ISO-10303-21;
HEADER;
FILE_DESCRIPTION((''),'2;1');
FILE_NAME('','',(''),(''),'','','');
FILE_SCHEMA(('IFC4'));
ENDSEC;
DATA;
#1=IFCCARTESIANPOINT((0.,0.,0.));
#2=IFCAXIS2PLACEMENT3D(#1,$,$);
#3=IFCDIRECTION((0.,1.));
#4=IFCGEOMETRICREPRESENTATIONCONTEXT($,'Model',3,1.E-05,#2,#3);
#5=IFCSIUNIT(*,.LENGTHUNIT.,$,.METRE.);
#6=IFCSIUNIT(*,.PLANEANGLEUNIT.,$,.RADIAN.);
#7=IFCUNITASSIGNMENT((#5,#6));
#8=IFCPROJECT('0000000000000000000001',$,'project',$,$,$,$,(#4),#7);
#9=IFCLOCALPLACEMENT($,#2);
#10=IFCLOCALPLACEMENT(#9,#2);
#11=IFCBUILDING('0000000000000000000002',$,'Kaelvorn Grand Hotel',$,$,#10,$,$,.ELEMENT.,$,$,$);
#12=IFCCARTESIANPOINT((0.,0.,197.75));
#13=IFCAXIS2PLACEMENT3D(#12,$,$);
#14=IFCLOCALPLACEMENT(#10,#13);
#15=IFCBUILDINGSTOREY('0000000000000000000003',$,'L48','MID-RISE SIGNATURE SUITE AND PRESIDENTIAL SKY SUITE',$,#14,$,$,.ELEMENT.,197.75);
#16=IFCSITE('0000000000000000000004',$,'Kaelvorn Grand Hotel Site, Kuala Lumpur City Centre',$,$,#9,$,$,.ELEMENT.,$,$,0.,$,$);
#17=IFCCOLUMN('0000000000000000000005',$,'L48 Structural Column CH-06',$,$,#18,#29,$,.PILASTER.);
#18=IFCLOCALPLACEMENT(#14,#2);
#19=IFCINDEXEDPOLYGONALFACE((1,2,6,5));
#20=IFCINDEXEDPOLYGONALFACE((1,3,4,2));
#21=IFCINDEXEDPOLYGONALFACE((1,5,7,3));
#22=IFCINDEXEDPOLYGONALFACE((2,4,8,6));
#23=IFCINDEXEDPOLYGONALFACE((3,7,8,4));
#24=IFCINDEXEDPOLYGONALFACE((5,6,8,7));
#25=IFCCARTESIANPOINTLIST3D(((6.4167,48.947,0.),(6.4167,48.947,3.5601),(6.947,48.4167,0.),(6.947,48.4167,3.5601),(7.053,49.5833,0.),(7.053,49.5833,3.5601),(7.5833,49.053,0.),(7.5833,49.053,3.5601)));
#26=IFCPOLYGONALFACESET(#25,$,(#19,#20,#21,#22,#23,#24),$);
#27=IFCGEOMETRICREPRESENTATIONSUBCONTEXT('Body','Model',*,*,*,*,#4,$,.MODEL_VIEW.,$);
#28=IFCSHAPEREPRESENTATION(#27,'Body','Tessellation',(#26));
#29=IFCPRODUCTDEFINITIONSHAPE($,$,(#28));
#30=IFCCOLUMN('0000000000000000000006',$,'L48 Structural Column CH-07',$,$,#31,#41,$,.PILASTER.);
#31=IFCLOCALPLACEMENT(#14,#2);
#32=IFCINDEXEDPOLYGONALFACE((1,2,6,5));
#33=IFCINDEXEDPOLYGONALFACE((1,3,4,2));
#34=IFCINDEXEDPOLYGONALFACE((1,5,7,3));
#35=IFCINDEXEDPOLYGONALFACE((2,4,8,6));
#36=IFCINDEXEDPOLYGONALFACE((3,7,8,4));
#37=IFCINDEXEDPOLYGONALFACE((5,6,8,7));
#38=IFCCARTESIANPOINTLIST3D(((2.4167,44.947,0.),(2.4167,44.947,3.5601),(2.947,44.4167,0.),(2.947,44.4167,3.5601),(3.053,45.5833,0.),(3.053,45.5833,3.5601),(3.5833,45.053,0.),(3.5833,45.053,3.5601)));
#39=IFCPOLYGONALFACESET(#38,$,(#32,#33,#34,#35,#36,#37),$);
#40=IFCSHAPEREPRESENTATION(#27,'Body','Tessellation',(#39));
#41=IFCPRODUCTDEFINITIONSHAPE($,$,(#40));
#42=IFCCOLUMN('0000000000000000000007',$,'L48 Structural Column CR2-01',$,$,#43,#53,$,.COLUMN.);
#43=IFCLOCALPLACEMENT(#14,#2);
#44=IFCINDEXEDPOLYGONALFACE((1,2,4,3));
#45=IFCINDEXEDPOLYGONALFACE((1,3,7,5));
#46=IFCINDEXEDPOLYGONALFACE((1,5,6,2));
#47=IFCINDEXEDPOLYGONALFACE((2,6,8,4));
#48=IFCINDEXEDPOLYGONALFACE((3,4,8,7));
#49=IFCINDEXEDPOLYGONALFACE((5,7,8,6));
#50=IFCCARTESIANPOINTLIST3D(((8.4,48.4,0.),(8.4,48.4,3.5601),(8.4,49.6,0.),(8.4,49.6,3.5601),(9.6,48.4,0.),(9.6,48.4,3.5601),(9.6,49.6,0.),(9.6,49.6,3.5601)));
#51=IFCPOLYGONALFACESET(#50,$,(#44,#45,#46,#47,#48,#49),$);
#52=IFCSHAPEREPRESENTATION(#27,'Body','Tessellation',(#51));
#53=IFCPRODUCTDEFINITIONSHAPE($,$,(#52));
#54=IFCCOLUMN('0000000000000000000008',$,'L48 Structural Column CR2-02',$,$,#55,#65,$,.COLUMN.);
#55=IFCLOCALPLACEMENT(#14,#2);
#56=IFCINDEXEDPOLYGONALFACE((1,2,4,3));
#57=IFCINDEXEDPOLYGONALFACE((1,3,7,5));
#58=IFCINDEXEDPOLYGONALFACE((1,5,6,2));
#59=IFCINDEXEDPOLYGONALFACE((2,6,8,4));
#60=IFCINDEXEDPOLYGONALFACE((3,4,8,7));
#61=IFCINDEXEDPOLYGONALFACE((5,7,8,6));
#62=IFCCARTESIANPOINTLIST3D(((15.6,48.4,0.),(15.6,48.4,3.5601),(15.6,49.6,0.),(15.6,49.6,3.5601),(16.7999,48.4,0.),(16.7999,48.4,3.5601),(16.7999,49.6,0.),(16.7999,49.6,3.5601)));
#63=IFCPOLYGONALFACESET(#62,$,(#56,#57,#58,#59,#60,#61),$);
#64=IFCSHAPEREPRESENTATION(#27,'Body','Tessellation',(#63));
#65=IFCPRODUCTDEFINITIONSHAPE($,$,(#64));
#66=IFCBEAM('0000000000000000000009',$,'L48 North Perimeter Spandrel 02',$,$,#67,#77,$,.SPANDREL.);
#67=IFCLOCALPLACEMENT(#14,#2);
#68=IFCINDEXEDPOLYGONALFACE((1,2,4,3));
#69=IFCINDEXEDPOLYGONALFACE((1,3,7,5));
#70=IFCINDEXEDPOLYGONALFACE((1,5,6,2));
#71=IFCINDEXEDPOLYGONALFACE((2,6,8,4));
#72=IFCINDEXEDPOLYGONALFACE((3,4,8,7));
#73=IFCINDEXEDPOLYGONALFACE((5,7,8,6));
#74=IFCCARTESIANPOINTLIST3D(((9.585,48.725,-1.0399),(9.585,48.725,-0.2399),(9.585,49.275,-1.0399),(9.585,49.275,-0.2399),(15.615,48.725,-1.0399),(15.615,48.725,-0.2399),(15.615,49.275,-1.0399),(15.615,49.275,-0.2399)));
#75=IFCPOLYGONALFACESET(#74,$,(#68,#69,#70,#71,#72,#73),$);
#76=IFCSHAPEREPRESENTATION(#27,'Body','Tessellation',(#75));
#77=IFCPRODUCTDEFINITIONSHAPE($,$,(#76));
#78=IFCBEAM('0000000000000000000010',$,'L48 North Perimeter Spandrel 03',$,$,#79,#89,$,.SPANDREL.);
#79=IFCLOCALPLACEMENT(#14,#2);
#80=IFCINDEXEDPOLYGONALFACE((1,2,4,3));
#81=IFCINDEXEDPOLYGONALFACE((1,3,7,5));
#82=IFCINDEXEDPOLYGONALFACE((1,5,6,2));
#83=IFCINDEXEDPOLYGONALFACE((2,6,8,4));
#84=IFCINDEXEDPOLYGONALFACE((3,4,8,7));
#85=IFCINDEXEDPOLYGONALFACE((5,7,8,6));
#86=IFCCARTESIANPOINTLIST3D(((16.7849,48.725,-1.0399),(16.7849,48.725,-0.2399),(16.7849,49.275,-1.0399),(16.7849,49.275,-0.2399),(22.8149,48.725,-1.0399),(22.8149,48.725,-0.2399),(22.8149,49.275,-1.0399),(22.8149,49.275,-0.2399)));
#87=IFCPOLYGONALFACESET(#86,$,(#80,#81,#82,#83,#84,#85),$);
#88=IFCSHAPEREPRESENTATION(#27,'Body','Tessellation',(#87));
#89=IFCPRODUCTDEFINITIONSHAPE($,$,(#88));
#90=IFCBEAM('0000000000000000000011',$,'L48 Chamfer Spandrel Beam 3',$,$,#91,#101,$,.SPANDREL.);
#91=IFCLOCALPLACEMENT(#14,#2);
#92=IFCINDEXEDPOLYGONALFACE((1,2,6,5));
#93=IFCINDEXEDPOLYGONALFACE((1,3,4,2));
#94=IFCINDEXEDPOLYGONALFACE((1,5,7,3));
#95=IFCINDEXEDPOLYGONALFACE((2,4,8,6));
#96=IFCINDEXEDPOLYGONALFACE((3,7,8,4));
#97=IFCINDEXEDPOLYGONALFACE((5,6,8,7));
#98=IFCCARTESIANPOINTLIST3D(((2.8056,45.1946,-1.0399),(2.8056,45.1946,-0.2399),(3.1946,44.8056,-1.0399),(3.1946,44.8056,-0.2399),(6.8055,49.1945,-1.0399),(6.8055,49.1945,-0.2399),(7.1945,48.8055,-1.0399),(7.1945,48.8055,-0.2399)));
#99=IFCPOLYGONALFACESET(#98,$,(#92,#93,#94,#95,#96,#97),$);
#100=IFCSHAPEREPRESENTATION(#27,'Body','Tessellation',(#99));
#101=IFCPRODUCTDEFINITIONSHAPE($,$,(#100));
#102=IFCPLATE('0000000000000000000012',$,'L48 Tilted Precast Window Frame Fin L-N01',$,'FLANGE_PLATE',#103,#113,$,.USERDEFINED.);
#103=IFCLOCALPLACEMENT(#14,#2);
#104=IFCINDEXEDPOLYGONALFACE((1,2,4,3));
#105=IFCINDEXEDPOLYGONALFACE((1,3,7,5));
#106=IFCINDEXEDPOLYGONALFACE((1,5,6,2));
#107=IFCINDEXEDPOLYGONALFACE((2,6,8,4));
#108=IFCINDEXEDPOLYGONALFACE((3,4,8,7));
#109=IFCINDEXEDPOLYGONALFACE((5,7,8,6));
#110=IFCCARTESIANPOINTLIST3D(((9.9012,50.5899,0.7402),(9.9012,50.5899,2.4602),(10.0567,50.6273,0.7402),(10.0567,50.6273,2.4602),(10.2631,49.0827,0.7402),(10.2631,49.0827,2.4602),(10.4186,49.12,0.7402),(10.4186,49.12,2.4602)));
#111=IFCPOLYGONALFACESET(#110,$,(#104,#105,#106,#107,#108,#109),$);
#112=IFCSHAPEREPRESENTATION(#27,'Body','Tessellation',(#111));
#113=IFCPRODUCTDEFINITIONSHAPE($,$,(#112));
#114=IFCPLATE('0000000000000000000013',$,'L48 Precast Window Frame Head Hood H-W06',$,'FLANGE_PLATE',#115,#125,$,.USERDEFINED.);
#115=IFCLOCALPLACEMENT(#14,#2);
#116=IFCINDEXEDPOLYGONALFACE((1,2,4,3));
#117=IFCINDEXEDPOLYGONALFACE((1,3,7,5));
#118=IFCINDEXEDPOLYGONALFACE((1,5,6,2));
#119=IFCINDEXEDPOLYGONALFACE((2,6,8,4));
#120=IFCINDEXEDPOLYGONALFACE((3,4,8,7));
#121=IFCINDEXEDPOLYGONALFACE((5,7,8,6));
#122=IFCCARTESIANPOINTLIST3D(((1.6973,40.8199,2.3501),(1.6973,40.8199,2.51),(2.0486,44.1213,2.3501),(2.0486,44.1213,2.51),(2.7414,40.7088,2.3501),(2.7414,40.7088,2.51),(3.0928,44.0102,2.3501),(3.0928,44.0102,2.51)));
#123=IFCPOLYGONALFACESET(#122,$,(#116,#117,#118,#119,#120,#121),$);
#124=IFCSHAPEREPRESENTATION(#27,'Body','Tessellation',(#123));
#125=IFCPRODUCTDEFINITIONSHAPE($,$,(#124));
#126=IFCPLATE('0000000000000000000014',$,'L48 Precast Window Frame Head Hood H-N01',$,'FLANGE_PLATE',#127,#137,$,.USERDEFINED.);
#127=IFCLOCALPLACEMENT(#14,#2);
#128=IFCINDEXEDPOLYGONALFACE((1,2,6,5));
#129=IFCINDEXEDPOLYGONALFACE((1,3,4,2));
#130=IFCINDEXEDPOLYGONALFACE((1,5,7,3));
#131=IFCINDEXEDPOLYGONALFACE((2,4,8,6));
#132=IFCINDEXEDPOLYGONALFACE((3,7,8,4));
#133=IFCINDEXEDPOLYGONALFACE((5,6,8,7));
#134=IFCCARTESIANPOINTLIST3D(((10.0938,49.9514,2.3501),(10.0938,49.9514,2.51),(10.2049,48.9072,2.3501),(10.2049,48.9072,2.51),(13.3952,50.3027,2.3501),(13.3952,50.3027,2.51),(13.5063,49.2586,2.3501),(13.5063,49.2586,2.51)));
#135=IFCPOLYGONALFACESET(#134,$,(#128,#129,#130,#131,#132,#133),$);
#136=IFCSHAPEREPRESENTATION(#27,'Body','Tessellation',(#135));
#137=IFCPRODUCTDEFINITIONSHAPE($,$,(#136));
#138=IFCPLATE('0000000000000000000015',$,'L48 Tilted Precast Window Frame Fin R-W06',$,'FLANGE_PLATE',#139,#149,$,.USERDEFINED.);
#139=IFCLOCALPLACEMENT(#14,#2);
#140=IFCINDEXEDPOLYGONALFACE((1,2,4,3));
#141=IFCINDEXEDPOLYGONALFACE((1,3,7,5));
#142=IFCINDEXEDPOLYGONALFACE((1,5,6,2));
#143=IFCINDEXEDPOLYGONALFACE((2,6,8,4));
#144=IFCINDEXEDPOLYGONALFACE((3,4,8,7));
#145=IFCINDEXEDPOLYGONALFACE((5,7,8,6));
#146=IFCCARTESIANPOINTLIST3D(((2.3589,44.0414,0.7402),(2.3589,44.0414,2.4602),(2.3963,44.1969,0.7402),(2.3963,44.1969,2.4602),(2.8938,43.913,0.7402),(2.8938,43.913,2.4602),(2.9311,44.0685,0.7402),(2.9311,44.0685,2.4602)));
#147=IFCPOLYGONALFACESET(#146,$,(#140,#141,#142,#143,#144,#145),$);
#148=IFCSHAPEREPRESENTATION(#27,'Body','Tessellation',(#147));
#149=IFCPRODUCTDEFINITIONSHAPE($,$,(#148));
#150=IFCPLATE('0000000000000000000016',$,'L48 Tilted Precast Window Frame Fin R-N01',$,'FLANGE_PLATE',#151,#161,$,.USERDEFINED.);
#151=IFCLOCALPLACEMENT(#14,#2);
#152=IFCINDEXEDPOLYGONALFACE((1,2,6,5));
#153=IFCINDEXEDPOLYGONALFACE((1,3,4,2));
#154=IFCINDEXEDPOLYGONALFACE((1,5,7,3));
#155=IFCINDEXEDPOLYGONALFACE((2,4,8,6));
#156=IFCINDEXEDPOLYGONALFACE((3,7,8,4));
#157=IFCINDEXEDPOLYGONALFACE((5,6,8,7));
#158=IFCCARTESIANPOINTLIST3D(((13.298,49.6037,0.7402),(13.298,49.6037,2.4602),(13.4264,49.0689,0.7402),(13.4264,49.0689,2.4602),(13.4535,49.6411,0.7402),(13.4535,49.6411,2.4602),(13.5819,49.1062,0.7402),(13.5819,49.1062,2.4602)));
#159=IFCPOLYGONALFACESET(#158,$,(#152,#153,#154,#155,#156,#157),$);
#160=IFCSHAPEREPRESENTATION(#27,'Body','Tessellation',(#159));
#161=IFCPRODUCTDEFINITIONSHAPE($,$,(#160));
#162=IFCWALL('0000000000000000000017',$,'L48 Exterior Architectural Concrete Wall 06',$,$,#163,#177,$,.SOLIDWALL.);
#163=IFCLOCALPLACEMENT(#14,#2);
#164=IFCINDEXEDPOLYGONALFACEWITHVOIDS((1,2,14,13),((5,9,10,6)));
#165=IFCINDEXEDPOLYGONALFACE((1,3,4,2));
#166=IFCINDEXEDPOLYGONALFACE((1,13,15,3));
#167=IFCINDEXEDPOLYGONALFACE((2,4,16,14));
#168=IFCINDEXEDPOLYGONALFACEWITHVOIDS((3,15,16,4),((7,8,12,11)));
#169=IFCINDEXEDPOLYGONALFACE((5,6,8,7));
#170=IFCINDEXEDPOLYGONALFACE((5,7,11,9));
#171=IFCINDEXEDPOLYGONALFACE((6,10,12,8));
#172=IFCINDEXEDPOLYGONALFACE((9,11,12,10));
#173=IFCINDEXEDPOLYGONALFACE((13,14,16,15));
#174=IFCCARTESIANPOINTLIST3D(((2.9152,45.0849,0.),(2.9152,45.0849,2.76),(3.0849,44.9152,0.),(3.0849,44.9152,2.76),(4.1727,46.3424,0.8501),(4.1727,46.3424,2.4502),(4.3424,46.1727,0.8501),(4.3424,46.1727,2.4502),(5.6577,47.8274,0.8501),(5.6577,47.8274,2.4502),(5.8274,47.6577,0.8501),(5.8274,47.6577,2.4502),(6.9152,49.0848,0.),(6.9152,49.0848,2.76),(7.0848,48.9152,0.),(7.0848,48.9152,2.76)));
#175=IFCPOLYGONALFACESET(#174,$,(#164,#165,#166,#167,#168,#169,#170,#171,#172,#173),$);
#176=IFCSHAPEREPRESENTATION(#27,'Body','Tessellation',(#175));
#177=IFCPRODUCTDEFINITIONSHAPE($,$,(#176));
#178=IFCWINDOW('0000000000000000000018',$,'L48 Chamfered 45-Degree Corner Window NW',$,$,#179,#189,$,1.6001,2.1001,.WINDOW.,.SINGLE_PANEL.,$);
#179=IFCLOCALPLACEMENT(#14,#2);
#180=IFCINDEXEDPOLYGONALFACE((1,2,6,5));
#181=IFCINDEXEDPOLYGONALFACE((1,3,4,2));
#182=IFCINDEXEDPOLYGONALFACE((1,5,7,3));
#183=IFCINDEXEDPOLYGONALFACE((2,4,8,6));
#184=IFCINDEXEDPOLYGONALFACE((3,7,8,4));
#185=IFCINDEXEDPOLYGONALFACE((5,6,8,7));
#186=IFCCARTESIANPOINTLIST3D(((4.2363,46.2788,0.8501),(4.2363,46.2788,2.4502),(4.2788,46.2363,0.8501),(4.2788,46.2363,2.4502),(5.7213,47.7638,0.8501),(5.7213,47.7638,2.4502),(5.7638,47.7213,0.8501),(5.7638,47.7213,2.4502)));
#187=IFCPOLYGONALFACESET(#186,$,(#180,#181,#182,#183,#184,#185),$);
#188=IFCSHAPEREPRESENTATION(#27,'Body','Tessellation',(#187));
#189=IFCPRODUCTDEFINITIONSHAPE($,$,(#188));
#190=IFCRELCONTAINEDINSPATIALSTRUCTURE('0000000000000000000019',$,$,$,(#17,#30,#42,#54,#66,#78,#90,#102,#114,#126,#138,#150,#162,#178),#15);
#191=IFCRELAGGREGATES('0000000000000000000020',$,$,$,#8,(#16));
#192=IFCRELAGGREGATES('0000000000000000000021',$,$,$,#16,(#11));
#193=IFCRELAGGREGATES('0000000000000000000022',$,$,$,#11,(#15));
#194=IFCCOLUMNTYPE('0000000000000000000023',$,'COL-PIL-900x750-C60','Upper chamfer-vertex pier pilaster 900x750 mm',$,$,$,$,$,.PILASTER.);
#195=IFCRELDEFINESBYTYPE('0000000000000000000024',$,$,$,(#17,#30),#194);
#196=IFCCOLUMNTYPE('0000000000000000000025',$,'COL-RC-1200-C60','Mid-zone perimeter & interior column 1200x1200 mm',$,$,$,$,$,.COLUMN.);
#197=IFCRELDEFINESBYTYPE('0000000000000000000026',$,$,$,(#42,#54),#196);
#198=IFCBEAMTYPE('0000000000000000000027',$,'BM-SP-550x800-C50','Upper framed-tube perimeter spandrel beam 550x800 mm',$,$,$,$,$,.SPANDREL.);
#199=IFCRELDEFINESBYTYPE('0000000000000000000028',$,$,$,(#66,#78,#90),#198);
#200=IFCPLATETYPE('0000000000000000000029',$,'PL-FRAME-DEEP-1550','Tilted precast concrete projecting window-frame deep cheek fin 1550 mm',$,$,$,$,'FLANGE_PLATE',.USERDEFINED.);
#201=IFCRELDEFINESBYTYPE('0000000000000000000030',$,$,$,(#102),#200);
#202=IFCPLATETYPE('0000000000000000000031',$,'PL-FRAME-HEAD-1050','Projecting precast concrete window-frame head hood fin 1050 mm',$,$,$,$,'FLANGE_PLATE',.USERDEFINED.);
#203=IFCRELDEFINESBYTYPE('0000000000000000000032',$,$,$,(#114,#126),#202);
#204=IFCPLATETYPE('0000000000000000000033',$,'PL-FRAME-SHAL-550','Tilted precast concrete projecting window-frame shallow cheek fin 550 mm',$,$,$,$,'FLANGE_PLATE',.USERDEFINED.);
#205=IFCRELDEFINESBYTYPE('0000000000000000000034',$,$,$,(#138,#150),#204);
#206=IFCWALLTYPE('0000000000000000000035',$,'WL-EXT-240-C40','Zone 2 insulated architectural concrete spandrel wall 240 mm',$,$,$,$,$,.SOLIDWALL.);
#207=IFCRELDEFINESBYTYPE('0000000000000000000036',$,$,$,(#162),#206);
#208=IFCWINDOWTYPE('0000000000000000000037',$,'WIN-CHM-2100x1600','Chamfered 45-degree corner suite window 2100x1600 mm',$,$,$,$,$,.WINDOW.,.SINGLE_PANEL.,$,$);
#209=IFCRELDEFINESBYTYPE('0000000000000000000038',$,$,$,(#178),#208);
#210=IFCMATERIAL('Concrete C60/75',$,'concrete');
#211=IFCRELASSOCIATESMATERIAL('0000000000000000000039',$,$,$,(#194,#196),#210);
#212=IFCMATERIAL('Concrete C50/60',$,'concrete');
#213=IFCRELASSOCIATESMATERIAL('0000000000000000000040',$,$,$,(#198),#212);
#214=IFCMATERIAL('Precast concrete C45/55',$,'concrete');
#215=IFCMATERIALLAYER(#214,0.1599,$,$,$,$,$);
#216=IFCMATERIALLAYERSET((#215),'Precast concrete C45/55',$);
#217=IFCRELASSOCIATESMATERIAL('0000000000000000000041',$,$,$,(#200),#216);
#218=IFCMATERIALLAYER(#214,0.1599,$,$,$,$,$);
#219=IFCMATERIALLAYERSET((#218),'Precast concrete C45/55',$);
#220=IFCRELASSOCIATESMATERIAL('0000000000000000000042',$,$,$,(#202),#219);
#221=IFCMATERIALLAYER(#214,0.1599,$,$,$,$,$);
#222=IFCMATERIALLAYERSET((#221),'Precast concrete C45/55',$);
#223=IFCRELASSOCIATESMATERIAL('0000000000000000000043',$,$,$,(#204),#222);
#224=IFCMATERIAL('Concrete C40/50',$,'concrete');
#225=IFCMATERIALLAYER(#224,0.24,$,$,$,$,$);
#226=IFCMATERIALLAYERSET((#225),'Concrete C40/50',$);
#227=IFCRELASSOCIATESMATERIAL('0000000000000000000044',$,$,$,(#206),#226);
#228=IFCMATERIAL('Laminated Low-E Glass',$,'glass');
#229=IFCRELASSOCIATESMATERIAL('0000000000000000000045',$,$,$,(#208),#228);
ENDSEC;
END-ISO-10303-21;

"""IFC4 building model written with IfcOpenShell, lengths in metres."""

from ifc_helpers import new_model, si_unit, direction, frame, frame_2d, origin, origin_2d, place, context, subcontext, project, spatial, rectangle, extrude, material, layer, layer_set, material_profile, profile_set, type_object, element, fill, save


model = new_model("IFC4")

# Units and contexts
model_context = context("Model", 3, precision=1e-05, world=origin(), true_north=direction((0.0, 1.0)))
body_context = subcontext(model_context, "Body", "Model", "MODEL_VIEW")
ifc_project = project(units=[si_unit("LENGTHUNIT", "METRE"), si_unit("PLANEANGLEUNIT", "RADIAN")], contexts=[model_context])

# Site, building, storey
site_placement = place(None, origin())
site = spatial("IfcSite", under=ifc_project, at=site_placement, Name="Kaelvorn Grand Hotel Site, Kuala Lumpur City Centre", CompositionType="ELEMENT", RefElevation=0.0)
building_placement = place(site_placement, origin())
building = spatial("IfcBuilding", under=site, at=building_placement, Name="Kaelvorn Grand Hotel", CompositionType="ELEMENT")
storey_placement = place(building_placement, frame((0.0, 0.0, 197.75)))
storey = spatial("IfcBuildingStorey", under=building, at=storey_placement, Name="L48", Description="MID-RISE SIGNATURE SUITE AND PRESIDENTIAL SKY SUITE", CompositionType="ELEMENT", Elevation=197.75)

# Columns
ifc_material_1 = material(Name="Concrete C60/75", Category="concrete")
ifc_material_profile_1 = material_profile(ifc_material_1, rectangle(XDim=0.8999, YDim=0.75, at=origin_2d()), Name="RC PILASTER 900x750")
ifc_profile_set_1 = profile_set([ifc_material_profile_1], Name="Concrete C60/75")
column_type_1 = type_object("IfcColumnType", Name="COL-PIL-900x750-C60", Description="Upper chamfer-vertex pier pilaster 900x750 mm", PredefinedType="PILASTER", material=ifc_profile_set_1)
for number, where, z_axis, x_axis, name in (
    (1, (7.0, 49.0, 0.0), (0.0, 0.0, 1.0), (0.707107, 0.707107, 0.0), "L48 Structural Column CH-06"),
    (2, (3.0, 45.0, 0.0), (0.0, 0.0, 1.0), (0.707107, 0.707107, 0.0), "L48 Structural Column CH-07"),
):
    element("IfcColumn", number, at=place(storey_placement, frame(where, z_axis=z_axis, x_axis=x_axis)), inside=storey, type_object=column_type_1, Name=name, PredefinedType="PILASTER", context=body_context, shape_type="SweptSolid", body=[
        extrude(rectangle(XDim=0.8999, YDim=0.75, at=origin_2d()), origin(), (0.0, 0.0, 1.0), 3.5601),
    ])
ifc_material_profile_2 = material_profile(ifc_material_1, rectangle(XDim=1.2, YDim=1.2, at=origin_2d()), Name="RC COL 1200x1200")
ifc_profile_set_2 = profile_set([ifc_material_profile_2], Name="Concrete C60/75")
column_type_2 = type_object("IfcColumnType", Name="COL-RC-1200-C60", Description="Mid-zone perimeter & interior column 1200x1200 mm", PredefinedType="COLUMN", material=ifc_profile_set_2)
for number, where, z_axis, x_axis, name in (
    (3, (9.0, 49.0, 0.0), (0.0, 0.0, 1.0), (1.0, 0.0, 0.0), "L48 Structural Column CR2-01"),
    (4, (16.2, 49.0, 0.0), (0.0, 0.0, 1.0), (1.0, 0.0, 0.0), "L48 Structural Column CR2-02"),
):
    element("IfcColumn", number, at=place(storey_placement, frame(where, z_axis=z_axis, x_axis=x_axis)), inside=storey, type_object=column_type_2, Name=name, PredefinedType="COLUMN", context=body_context, shape_type="SweptSolid", body=[
        extrude(rectangle(XDim=1.2, YDim=1.2, at=origin_2d()), origin(), (0.0, 0.0, 1.0), 3.5601),
    ])

# Beams
ifc_material_2 = material(Name="Concrete C50/60", Category="concrete")
ifc_material_profile_3 = material_profile(ifc_material_2, rectangle(XDim=0.55, YDim=0.8, at=origin_2d()), Name="RC SPANDREL 550x800")
ifc_profile_set_3 = profile_set([ifc_material_profile_3], Name="Concrete C50/60")
beam_type = type_object("IfcBeamType", Name="BM-SP-550x800-C50", Description="Upper framed-tube perimeter spandrel beam 550x800 mm", PredefinedType="SPANDREL", material=ifc_profile_set_3)
for number, where, z_axis, x_axis, name in (
    (5, (9.585, 49.0, -0.6399), (1.0, 0.0, 0.0), (0.0, 1.0, 0.0), "L48 North Perimeter Spandrel 02"),
    (6, (16.7849, 49.0, -0.6399), (1.0, 0.0, 0.0), (0.0, 1.0, 0.0), "L48 North Perimeter Spandrel 03"),
):
    element("IfcBeam", number, at=place(storey_placement, frame(where, z_axis=z_axis, x_axis=x_axis)), inside=storey, type_object=beam_type, Name=name, PredefinedType="SPANDREL", context=body_context, shape_type="SweptSolid", body=[
        extrude(rectangle(XDim=0.55, YDim=0.8, at=origin_2d()), origin(), (0.0, 0.0, 1.0), 6.03),
    ])
beam_placement = place(storey_placement, frame((7.0, 49.0, -0.6399), z_axis=(-0.707107, -0.707107, 0.0), x_axis=(0.707107, -0.707107, 0.0)))
element("IfcBeam", 7, at=beam_placement, inside=storey, type_object=beam_type, Name="L48 Chamfer Spandrel Beam 3", PredefinedType="SPANDREL", context=body_context, shape_type="SweptSolid", body=[
    extrude(rectangle(XDim=0.55, YDim=0.8, at=origin_2d()), origin(), (0.0, 0.0, 1.0), 5.6567),
])

# Plates
ifc_material_3 = material(Name="Precast concrete C45/55", Category="concrete")
ifc_layer_1 = layer(ifc_material_3, 0.1599)
ifc_layer_set_1 = layer_set([ifc_layer_1], Name="Precast concrete C45/55")
plate_type_1 = type_object("IfcPlateType", Name="PL-FRAME-DEEP-1550", Description="Tilted precast concrete projecting window-frame deep cheek fin 1550 mm", ElementType="FLANGE_PLATE", PredefinedType="USERDEFINED", material=ifc_layer_set_1)
plate_placement = place(storey_placement, frame((10.1599, 49.855, 0.7402), z_axis=(0.0, 0.0, 1.0), x_axis=(0.97237, 0.233445, 0.0)))
element("IfcPlate", 8, at=plate_placement, inside=storey, type_object=plate_type_1, Name="L48 Tilted Precast Window Frame Fin L-N01", ObjectType="FLANGE_PLATE", PredefinedType="USERDEFINED", context=body_context, shape_type="SweptSolid", body=[
    extrude(rectangle(XDim=0.1599, YDim=1.55, at=origin_2d()), origin(), (0.0, 0.0, 1.0), 1.72),
])
ifc_layer_2 = layer(ifc_material_3, 0.1599)
ifc_layer_set_2 = layer_set([ifc_layer_2], Name="Precast concrete C45/55")
plate_type_2 = type_object("IfcPlateType", Name="PL-FRAME-HEAD-1050", Description="Projecting precast concrete window-frame head hood fin 1050 mm", ElementType="FLANGE_PLATE", PredefinedType="USERDEFINED", material=ifc_layer_set_2)
for number, where, z_axis, x_axis, name in (
    (9, (2.395, 42.415, 2.3501), (0.0, 0.0, 1.0), (0.10583, 0.994384, 0.0), "L48 Precast Window Frame Head Hood H-W06"),
    (10, (11.8, 49.605, 2.3501), (0.0, 0.0, 1.0), (0.994384, 0.10583, 0.0), "L48 Precast Window Frame Head Hood H-N01"),
):
    element("IfcPlate", number, at=place(storey_placement, frame(where, z_axis=z_axis, x_axis=x_axis)), inside=storey, type_object=plate_type_2, Name=name, ObjectType="FLANGE_PLATE", PredefinedType="USERDEFINED", context=body_context, shape_type="SweptSolid", body=[
        extrude(rectangle(XDim=3.3201, YDim=1.05, at=origin_2d()), origin(), (0.0, 0.0, 1.0), 0.1599),
    ])
ifc_layer_3 = layer(ifc_material_3, 0.1599)
ifc_layer_set_3 = layer_set([ifc_layer_3], Name="Precast concrete C45/55")
plate_type_3 = type_object("IfcPlateType", Name="PL-FRAME-SHAL-550", Description="Tilted precast concrete projecting window-frame shallow cheek fin 550 mm", ElementType="FLANGE_PLATE", PredefinedType="USERDEFINED", material=ifc_layer_set_3)
for number, where, z_axis, x_axis, name in (
    (11, (2.645, 44.0549, 0.7402), (0.0, 0.0, 1.0), (0.233445, 0.97237, 0.0), "L48 Tilted Precast Window Frame Fin R-W06"),
    (12, (13.4399, 49.355, 0.7402), (0.0, 0.0, 1.0), (0.97237, 0.233445, 0.0), "L48 Tilted Precast Window Frame Fin R-N01"),
):
    element("IfcPlate", number, at=place(storey_placement, frame(where, z_axis=z_axis, x_axis=x_axis)), inside=storey, type_object=plate_type_3, Name=name, ObjectType="FLANGE_PLATE", PredefinedType="USERDEFINED", context=body_context, shape_type="SweptSolid", body=[
        extrude(rectangle(XDim=0.1599, YDim=0.55, at=origin_2d()), origin(), (0.0, 0.0, 1.0), 1.72),
    ])

# Wall, opening, window
ifc_material_4 = material(Name="Concrete C40/50", Category="concrete")
ifc_layer_4 = layer(ifc_material_4, 0.24)
ifc_layer_set_4 = layer_set([ifc_layer_4], Name="Concrete C40/50")
wall_type_1 = type_object("IfcWallType", Name="WL-EXT-240-C40", Description="Zone 2 insulated architectural concrete spandrel wall 240 mm", PredefinedType="SOLIDWALL", material=ifc_layer_set_4)
wall_1_placement = place(storey_placement, frame((7.0, 49.0, 0.0), z_axis=(0.0, 0.0, 1.0), x_axis=(-0.707107, -0.707107, 0.0)))
wall_1 = element("IfcWall", 13, at=wall_1_placement, inside=storey, type_object=wall_type_1, Name="L48 Exterior Architectural Concrete Wall 06", PredefinedType="SOLIDWALL", context=body_context, shape_type="SweptSolid", body=[
    extrude(rectangle(XDim=5.6567, YDim=0.24, at=frame_2d((2.8284, 0.0))), origin(), (0.0, 0.0, 1.0), 2.76),
])
opening_1_placement = place(wall_1_placement, frame((1.7783, 0.0, 0.8501)))
opening_1 = element("IfcOpeningElement", 14, at=opening_1_placement, cuts=wall_1, PredefinedType="OPENING", context=body_context, shape_type="SweptSolid", body=[
    extrude(rectangle(XDim=2.1001, YDim=1.6001, at=frame_2d((1.05, 0.8))), frame((0.0, 0.1299, 0.0), z_axis=(0.0, -1.0, 0.0), x_axis=(1.0, 0.0, 0.0)), (0.0, 0.0, 1.0), 0.26),
])
ifc_material_5 = material(Name="Laminated Low-E Glass", Category="glass")
window_type_1 = type_object("IfcWindowType", Name="WIN-CHM-2100x1600", Description="Chamfered 45-degree corner suite window 2100x1600 mm", PartitioningType="SINGLE_PANEL", PredefinedType="WINDOW", material=ifc_material_5)
window_1_placement = place(opening_1_placement, origin())
window_1 = element("IfcWindow", 15, at=window_1_placement, inside=storey, type_object=window_type_1, Name="L48 Chamfered 45-Degree Corner Window NW", OverallHeight=1.6001, OverallWidth=2.1001, PartitioningType="SINGLE_PANEL", PredefinedType="WINDOW", context=body_context, shape_type="SweptSolid", body=[
    extrude(rectangle(XDim=2.1001, YDim=1.6001, at=frame_2d((1.05, 0.8))), frame((0.0, 0.03, 0.0), z_axis=(0.0, -1.0, 0.0), x_axis=(1.0, 0.0, 0.0)), (0.0, 0.0, 1.0), 0.0601),
])
fill(opening_1, window_1)

save(model, "model.ifc")
